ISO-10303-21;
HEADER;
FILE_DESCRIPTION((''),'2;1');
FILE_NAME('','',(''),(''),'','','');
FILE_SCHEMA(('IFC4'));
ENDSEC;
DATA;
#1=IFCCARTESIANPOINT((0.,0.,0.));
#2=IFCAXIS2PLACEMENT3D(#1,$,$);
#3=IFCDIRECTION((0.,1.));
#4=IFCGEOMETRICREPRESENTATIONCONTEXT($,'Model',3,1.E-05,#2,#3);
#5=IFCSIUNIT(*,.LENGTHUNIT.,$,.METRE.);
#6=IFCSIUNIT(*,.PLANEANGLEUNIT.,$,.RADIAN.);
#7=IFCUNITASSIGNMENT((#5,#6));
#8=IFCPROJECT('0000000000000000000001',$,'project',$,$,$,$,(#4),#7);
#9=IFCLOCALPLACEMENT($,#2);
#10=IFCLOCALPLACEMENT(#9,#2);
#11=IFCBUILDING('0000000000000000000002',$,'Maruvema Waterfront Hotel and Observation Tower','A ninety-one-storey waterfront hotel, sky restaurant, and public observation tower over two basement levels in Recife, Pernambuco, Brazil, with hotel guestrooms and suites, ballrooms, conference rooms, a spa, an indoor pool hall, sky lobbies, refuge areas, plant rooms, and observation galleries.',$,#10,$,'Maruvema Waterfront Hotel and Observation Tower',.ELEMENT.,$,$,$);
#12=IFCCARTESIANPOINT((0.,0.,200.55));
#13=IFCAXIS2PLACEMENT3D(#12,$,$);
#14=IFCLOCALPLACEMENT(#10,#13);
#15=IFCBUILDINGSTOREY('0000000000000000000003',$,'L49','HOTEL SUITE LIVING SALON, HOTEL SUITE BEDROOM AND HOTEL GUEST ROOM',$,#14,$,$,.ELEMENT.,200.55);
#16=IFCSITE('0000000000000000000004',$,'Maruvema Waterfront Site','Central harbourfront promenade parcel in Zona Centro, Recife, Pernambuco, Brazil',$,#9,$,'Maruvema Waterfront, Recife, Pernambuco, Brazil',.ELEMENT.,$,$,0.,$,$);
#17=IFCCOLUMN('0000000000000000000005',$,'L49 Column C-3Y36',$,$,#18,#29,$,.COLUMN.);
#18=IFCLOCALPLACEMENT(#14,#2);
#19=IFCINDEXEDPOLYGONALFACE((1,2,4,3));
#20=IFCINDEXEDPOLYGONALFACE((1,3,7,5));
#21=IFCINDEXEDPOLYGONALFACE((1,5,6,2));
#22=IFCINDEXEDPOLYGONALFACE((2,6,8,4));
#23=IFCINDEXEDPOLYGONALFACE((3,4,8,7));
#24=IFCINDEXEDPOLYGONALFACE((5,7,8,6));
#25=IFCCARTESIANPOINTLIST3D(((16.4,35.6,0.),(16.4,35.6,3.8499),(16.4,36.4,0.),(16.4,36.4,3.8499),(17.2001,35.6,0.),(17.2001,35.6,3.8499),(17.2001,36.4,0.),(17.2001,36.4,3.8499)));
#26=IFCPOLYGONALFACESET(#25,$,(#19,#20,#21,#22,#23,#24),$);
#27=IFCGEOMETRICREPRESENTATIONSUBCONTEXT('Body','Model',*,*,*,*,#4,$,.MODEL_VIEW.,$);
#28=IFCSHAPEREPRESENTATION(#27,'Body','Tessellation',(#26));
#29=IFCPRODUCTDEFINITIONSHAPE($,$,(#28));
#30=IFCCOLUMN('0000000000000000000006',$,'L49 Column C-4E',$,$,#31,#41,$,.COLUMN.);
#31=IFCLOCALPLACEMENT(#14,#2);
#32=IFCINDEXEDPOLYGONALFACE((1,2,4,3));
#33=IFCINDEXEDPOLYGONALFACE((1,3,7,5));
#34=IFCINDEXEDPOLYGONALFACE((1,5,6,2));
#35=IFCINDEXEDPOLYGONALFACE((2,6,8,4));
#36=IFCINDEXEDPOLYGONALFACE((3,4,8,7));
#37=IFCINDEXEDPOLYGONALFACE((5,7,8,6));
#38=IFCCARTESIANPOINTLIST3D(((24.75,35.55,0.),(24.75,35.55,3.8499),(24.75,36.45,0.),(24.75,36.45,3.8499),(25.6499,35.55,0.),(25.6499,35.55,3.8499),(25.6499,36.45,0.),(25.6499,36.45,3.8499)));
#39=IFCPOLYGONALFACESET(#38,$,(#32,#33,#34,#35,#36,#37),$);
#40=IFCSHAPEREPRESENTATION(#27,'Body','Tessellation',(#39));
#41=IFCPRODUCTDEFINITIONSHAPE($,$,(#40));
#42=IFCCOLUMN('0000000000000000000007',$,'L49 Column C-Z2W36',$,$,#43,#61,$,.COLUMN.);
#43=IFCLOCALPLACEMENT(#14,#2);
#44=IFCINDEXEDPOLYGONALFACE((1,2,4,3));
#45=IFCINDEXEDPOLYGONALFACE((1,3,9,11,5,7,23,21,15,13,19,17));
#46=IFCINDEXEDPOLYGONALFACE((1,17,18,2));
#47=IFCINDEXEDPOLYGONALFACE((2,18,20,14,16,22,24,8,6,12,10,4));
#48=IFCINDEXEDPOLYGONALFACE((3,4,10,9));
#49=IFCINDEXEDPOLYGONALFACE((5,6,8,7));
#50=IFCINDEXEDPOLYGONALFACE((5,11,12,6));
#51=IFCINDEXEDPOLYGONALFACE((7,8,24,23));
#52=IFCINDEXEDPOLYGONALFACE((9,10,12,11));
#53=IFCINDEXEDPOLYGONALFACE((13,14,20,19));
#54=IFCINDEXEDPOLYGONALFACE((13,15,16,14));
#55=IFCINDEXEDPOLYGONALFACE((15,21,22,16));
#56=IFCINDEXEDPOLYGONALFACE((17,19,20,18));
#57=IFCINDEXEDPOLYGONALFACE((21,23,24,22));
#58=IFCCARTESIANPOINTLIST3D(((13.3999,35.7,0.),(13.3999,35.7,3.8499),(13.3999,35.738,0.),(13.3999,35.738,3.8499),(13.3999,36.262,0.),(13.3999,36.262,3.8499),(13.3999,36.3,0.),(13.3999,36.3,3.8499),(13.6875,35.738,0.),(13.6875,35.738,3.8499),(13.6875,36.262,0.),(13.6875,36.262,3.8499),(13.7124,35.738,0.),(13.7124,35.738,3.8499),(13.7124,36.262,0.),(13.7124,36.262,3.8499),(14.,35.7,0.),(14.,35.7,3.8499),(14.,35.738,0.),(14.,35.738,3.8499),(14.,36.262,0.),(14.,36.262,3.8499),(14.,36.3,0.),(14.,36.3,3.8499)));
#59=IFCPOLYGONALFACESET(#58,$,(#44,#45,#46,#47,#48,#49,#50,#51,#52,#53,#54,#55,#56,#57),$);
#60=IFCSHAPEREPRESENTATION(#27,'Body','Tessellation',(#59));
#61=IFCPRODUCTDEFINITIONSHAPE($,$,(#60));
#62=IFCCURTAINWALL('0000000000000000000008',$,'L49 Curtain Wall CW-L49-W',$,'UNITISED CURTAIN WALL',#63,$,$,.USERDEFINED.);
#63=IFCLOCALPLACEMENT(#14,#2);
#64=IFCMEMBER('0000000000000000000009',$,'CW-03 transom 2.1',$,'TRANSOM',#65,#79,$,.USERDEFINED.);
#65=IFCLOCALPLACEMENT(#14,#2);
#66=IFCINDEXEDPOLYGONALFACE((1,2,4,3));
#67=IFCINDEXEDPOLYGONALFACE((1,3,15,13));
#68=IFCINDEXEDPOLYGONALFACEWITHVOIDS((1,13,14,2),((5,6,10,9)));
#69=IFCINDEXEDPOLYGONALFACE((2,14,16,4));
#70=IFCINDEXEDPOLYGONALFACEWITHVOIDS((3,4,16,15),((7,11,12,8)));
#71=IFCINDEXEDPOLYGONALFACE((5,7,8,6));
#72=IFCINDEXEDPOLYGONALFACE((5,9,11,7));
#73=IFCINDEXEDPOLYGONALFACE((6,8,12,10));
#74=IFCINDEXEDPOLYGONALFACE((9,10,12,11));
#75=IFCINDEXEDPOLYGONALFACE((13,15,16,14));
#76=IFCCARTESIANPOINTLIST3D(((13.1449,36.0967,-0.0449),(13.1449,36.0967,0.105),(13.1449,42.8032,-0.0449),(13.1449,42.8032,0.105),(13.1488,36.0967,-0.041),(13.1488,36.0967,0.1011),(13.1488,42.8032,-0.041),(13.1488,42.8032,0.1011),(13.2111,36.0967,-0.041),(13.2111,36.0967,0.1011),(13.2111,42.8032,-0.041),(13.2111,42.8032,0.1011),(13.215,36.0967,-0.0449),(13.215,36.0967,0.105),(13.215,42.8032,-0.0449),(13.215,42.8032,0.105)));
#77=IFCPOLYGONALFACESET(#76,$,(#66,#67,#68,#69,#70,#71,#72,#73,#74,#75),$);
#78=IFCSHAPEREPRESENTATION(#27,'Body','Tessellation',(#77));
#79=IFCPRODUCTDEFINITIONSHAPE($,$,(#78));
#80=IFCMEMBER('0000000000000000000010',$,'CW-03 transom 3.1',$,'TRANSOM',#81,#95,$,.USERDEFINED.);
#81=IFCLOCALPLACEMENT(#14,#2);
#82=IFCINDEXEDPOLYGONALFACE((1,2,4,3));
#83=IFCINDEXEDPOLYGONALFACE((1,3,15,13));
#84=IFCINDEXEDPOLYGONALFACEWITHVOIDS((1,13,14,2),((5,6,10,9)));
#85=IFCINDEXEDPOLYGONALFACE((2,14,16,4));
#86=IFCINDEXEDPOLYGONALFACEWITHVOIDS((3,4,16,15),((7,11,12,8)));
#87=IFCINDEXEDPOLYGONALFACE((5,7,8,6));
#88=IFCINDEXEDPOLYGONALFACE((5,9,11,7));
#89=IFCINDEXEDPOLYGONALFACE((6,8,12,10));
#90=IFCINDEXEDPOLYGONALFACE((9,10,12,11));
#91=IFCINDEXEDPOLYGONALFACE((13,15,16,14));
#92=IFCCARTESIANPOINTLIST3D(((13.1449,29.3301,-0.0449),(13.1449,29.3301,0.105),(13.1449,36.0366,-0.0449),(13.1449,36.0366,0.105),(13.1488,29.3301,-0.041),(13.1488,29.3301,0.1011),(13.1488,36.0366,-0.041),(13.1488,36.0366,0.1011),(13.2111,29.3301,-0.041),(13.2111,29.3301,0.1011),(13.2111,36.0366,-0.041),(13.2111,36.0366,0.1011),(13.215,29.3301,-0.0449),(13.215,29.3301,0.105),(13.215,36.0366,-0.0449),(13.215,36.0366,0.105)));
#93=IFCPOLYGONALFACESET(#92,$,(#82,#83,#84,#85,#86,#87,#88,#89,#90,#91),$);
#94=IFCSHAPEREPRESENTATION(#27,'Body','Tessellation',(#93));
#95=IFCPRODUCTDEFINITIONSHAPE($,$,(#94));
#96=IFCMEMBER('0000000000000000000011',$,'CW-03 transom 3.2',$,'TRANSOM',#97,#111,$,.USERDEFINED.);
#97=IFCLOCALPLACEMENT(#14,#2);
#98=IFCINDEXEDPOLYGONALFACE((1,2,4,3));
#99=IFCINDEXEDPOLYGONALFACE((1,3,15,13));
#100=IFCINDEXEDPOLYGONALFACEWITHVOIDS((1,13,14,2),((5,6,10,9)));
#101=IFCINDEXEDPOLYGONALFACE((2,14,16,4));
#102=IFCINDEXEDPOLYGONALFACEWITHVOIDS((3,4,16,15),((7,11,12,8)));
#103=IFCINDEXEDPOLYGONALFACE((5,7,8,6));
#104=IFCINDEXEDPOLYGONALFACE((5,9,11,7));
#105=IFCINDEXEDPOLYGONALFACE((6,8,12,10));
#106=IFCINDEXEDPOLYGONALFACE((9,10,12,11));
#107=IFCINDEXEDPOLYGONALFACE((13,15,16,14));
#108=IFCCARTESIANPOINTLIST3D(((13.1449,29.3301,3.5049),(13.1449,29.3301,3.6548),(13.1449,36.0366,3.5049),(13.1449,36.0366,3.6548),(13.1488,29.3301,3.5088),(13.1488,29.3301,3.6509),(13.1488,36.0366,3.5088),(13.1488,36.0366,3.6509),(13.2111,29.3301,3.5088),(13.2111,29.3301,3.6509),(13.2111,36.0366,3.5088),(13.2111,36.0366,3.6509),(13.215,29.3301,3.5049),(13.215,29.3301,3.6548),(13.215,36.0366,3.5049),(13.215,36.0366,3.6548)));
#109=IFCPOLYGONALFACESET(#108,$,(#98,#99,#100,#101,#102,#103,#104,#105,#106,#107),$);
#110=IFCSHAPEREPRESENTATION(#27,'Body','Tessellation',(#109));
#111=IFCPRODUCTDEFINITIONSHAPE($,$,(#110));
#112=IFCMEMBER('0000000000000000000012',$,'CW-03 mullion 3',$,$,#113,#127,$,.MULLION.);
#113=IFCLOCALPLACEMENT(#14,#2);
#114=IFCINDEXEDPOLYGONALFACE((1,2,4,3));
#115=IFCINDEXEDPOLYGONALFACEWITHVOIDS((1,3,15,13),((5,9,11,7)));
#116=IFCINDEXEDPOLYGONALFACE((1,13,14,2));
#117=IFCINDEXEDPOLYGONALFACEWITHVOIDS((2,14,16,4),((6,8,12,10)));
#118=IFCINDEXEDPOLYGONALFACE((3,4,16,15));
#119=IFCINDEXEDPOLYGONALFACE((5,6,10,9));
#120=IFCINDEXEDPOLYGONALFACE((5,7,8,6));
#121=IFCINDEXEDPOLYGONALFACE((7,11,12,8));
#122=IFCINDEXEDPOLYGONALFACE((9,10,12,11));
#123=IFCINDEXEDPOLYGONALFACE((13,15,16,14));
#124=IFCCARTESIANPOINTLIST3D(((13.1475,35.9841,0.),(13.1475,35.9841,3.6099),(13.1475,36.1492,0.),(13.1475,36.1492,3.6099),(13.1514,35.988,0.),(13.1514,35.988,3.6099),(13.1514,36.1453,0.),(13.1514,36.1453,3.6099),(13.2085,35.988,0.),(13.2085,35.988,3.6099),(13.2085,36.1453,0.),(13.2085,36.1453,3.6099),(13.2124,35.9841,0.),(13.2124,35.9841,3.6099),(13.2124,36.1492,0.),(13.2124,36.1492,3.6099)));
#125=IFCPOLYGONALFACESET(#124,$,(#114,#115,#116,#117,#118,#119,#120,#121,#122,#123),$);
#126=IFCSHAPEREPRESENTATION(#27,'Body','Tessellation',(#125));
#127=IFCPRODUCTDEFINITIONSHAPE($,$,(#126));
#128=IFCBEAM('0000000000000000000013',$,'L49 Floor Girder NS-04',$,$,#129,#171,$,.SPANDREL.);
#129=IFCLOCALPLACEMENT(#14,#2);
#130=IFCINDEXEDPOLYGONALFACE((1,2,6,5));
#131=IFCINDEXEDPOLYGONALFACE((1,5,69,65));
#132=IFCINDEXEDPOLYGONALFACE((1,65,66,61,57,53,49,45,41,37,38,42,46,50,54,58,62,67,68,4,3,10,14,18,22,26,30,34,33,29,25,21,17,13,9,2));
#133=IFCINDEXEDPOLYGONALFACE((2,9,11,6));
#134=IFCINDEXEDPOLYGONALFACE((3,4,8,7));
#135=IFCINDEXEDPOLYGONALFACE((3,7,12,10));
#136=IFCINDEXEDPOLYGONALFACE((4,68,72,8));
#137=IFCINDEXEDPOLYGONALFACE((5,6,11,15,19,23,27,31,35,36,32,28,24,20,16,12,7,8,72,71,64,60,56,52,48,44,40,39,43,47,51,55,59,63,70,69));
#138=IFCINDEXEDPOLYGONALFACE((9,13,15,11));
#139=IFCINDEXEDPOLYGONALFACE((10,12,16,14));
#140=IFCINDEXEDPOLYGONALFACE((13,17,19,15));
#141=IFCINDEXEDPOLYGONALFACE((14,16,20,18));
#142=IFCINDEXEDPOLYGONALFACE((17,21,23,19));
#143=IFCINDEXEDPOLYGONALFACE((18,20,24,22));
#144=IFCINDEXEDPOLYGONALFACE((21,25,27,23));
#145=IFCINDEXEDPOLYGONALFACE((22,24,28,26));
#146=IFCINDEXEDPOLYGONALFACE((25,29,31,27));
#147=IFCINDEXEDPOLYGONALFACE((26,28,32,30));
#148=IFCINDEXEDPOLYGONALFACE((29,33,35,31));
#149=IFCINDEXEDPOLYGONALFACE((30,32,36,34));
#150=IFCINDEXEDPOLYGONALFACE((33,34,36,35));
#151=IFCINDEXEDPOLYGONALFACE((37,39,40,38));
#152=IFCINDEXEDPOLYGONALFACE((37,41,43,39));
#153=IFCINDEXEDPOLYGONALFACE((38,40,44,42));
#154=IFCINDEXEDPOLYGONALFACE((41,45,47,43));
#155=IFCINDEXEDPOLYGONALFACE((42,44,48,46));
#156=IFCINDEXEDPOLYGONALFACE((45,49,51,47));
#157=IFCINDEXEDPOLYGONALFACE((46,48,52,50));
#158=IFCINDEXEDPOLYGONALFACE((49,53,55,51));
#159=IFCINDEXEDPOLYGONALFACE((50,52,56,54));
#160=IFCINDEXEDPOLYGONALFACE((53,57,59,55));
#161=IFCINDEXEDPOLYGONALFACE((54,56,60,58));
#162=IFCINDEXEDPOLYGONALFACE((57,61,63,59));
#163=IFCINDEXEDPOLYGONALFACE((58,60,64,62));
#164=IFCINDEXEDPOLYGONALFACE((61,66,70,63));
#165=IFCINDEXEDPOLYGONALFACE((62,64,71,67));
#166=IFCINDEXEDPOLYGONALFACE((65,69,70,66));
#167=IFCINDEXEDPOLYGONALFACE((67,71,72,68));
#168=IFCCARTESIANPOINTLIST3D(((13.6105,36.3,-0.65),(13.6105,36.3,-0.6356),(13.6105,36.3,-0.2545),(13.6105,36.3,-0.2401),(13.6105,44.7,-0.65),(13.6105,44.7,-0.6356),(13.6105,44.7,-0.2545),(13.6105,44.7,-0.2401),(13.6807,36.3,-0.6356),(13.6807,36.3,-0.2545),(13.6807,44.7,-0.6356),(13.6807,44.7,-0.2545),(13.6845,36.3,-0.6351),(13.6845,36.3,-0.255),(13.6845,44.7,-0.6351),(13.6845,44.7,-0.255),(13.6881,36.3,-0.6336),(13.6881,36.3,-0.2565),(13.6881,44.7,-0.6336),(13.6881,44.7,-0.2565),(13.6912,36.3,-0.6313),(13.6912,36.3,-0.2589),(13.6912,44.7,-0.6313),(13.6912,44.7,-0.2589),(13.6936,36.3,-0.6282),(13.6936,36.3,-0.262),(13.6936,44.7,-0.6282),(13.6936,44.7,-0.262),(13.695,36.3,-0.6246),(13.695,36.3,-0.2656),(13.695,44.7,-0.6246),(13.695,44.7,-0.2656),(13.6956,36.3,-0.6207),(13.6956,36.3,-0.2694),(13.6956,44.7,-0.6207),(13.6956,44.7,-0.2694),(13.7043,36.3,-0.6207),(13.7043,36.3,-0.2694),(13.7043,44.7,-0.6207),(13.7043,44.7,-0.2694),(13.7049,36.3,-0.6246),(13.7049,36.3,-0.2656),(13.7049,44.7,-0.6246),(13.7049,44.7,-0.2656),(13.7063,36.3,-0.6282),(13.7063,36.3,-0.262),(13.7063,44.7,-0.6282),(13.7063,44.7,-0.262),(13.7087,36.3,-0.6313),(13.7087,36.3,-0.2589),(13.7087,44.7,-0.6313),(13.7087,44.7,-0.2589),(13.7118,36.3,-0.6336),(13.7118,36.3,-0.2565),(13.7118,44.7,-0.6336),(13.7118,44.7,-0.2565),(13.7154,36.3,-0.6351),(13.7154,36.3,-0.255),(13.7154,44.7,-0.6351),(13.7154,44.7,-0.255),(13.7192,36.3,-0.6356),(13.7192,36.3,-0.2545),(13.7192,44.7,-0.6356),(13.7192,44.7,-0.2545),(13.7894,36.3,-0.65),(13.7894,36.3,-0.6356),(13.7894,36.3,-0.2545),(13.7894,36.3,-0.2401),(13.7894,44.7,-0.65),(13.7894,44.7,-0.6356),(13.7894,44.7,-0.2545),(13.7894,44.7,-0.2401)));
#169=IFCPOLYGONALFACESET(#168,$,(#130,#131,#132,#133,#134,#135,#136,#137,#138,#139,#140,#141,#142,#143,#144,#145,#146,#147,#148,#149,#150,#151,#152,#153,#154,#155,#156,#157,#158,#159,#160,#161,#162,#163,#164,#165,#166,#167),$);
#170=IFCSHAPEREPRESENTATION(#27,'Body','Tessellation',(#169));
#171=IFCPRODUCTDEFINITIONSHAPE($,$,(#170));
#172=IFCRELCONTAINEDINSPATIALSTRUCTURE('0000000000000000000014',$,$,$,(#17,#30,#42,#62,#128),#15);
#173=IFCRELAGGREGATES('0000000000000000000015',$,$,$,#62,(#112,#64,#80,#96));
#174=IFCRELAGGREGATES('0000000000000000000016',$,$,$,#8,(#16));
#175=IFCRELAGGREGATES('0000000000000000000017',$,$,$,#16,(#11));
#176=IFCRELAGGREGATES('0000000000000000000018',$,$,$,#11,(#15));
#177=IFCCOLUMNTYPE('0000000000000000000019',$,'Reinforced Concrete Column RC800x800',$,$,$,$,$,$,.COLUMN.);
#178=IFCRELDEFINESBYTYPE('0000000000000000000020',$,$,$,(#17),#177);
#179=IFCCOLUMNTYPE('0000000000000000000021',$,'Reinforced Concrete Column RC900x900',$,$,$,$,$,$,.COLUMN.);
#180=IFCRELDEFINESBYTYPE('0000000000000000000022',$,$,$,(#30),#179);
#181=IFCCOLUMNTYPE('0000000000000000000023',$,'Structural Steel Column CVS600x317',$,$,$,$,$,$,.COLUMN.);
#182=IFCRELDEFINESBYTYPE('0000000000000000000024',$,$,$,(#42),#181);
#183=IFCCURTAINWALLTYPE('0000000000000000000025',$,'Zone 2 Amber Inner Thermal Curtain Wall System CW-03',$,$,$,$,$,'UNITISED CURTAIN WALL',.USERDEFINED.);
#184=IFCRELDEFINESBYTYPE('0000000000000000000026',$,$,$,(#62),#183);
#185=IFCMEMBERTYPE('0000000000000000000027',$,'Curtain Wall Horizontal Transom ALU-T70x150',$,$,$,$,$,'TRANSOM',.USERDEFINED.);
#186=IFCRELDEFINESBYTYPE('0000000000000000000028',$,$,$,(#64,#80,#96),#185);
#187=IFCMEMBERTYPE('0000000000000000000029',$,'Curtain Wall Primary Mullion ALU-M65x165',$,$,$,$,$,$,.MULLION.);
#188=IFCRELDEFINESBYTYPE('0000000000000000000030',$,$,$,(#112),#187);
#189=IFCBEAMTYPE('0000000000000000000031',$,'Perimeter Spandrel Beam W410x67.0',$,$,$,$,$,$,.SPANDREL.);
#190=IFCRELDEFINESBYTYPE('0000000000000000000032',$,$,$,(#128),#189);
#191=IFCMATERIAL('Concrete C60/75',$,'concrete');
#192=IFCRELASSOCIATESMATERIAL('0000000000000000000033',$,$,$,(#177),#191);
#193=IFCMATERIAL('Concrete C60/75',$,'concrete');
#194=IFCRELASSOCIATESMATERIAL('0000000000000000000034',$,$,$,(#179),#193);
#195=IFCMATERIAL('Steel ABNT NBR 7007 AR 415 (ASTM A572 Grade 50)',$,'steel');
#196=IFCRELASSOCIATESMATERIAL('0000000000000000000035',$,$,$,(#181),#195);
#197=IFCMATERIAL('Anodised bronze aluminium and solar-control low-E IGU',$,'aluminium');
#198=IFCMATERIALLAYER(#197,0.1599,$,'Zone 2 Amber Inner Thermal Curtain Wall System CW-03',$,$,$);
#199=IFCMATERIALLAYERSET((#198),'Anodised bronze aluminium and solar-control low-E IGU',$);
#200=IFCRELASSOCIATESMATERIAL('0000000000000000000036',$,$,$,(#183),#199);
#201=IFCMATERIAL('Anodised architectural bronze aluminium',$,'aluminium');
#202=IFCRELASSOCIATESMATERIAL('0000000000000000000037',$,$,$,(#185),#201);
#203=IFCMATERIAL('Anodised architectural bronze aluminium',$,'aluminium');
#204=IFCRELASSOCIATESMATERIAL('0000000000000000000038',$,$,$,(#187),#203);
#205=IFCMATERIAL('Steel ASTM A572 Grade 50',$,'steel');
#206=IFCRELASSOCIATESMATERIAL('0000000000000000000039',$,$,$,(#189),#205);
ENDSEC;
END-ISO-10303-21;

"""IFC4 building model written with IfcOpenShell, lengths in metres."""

from ifc_helpers import new_model, si_unit, direction, frame, origin, origin_2d, place, context, subcontext, project, spatial, rectangle, hollow_rectangle, i_section, extrude, material, layer, layer_set, material_profile, profile_set, type_object, element, aggregate, save


model = new_model("IFC4")

# Units and contexts
model_context = context("Model", 3, precision=1e-05, world=origin(), true_north=direction((0.0, 1.0)))
body_context = subcontext(model_context, "Body", "Model", "MODEL_VIEW")
ifc_project = project(units=[si_unit("LENGTHUNIT", "METRE"), si_unit("PLANEANGLEUNIT", "RADIAN")], contexts=[model_context])

# Site, building, storey
site_placement = place(None, origin())
site = spatial("IfcSite", under=ifc_project, at=site_placement, Name="Maruvema Waterfront Site", Description="Central harbourfront promenade parcel in Zona Centro, Recife, Pernambuco, Brazil", LongName="Maruvema Waterfront, Recife, Pernambuco, Brazil", CompositionType="ELEMENT", RefElevation=0.0)
building_placement = place(site_placement, origin())
building = spatial("IfcBuilding", under=site, at=building_placement, Name="Maruvema Waterfront Hotel and Observation Tower", Description="A ninety-one-storey waterfront hotel, sky restaurant, and public observation tower over two basement levels in Recife, Pernambuco, Brazil, with hotel guestrooms and suites, ballrooms, conference rooms, a spa, an indoor pool hall, sky lobbies, refuge areas, plant rooms, and observation galleries.", LongName="Maruvema Waterfront Hotel and Observation Tower", CompositionType="ELEMENT")
storey_placement = place(building_placement, frame((0.0, 0.0, 200.55)))
storey = spatial("IfcBuildingStorey", under=building, at=storey_placement, Name="L49", Description="HOTEL SUITE LIVING SALON, HOTEL SUITE BEDROOM AND HOTEL GUEST ROOM", CompositionType="ELEMENT", Elevation=200.55)

# Columns
ifc_material_1 = material(Name="Concrete C60/75", Category="concrete")
ifc_material_profile_1 = material_profile(ifc_material_1, rectangle(XDim=0.8, YDim=0.8, at=origin_2d()), Name="RC800x800")
ifc_profile_set_1 = profile_set([ifc_material_profile_1], Name="Concrete C60/75")
column_type_1 = type_object("IfcColumnType", Name="Reinforced Concrete Column RC800x800", PredefinedType="COLUMN", material=ifc_profile_set_1)
column_1_placement = place(storey_placement, frame((16.8, 36.0, 0.0), z_axis=(0.0, 0.0, 1.0), x_axis=(1.0, 0.0, 0.0)))
element("IfcColumn", 1, at=column_1_placement, inside=storey, type_object=column_type_1, Name="L49 Column C-3Y36", PredefinedType="COLUMN", context=body_context, shape_type="SweptSolid", body=[
    extrude(rectangle(XDim=0.8, YDim=0.8, at=origin_2d()), origin(), (0.0, 0.0, 1.0), 3.8499),
])
ifc_material_2 = material(Name="Concrete C60/75", Category="concrete")
ifc_material_profile_2 = material_profile(ifc_material_2, rectangle(XDim=0.8999, YDim=0.8999, at=origin_2d()), Name="RC900x900")
ifc_profile_set_2 = profile_set([ifc_material_profile_2], Name="Concrete C60/75")
column_type_2 = type_object("IfcColumnType", Name="Reinforced Concrete Column RC900x900", PredefinedType="COLUMN", material=ifc_profile_set_2)
column_2_placement = place(storey_placement, frame((25.2, 36.0, 0.0), z_axis=(0.0, 0.0, 1.0), x_axis=(1.0, 0.0, 0.0)))
element("IfcColumn", 2, at=column_2_placement, inside=storey, type_object=column_type_2, Name="L49 Column C-4E", PredefinedType="COLUMN", context=body_context, shape_type="SweptSolid", body=[
    extrude(rectangle(XDim=0.8999, YDim=0.8999, at=origin_2d()), origin(), (0.0, 0.0, 1.0), 3.8499),
])
ifc_material_3 = material(Name="Steel ABNT NBR 7007 AR 415 (ASTM A572 Grade 50)", Category="steel")
ifc_material_profile_3 = material_profile(ifc_material_3, i_section(OverallWidth=0.6001, OverallDepth=0.6001, WebThickness=0.0249, FlangeThickness=0.0381, at=origin_2d()), Name="CVS600x317")
ifc_profile_set_3 = profile_set([ifc_material_profile_3], Name="Steel ABNT NBR 7007 AR 415 (ASTM A572 Grade 50)")
column_type_3 = type_object("IfcColumnType", Name="Structural Steel Column CVS600x317", PredefinedType="COLUMN", material=ifc_profile_set_3)
column_3_placement = place(storey_placement, frame((13.7, 36.0, 0.0), z_axis=(0.0, 0.0, 1.0), x_axis=(1.0, 0.0, 0.0)))
element("IfcColumn", 3, at=column_3_placement, inside=storey, type_object=column_type_3, Name="L49 Column C-Z2W36", PredefinedType="COLUMN", context=body_context, shape_type="SweptSolid", body=[
    extrude(i_section(OverallWidth=0.6001, OverallDepth=0.6001, WebThickness=0.0249, FlangeThickness=0.0381, at=origin_2d()), origin(), (0.0, 0.0, 1.0), 3.8499),
])

# Curtain wall, members
ifc_material_4 = material(Name="Anodised bronze aluminium and solar-control low-E IGU", Category="aluminium")
ifc_layer_1 = layer(ifc_material_4, 0.1599, Name="Zone 2 Amber Inner Thermal Curtain Wall System CW-03")
ifc_layer_set_1 = layer_set([ifc_layer_1], Name="Anodised bronze aluminium and solar-control low-E IGU")
curtain_wall_type = type_object("IfcCurtainWallType", Name="Zone 2 Amber Inner Thermal Curtain Wall System CW-03", ElementType="UNITISED CURTAIN WALL", PredefinedType="USERDEFINED", material=ifc_layer_set_1)
curtain_wall_placement = place(storey_placement, origin())
curtain_wall = element("IfcCurtainWall", 4, at=curtain_wall_placement, inside=storey, type_object=curtain_wall_type, Name="L49 Curtain Wall CW-L49-W", ObjectType="UNITISED CURTAIN WALL", PredefinedType="USERDEFINED")
ifc_material_5 = material(Name="Anodised architectural bronze aluminium", Category="aluminium")
ifc_material_profile_4 = material_profile(ifc_material_5, hollow_rectangle(XDim=0.0701, YDim=0.1499, WallThickness=0.0039, at=origin_2d()), Name="ALU-T70x150")
ifc_profile_set_4 = profile_set([ifc_material_profile_4], Name="Anodised architectural bronze aluminium")
member_type_1 = type_object("IfcMemberType", Name="Curtain Wall Horizontal Transom ALU-T70x150", ElementType="TRANSOM", PredefinedType="USERDEFINED", material=ifc_profile_set_4)
member_1_placement = place(storey_placement, frame((13.1799, 42.8032, 0.03), z_axis=(0.0, -1.0, 0.0), x_axis=(1.0, 0.0, 0.0)))
member_1 = element("IfcMember", 5, at=member_1_placement, type_object=member_type_1, Name="CW-03 transom 2.1", ObjectType="TRANSOM", PredefinedType="USERDEFINED", context=body_context, shape_type="SweptSolid", body=[
    extrude(hollow_rectangle(XDim=0.0701, YDim=0.1499, WallThickness=0.0039, at=origin_2d()), origin(), (0.0, 0.0, 1.0), 6.7065),
])
member_2_placement = place(storey_placement, frame((13.1799, 36.0366, 0.03), z_axis=(0.0, -1.0, 0.0), x_axis=(1.0, 0.0, 0.0)))
member_2 = element("IfcMember", 6, at=member_2_placement, type_object=member_type_1, Name="CW-03 transom 3.1", ObjectType="TRANSOM", PredefinedType="USERDEFINED", context=body_context, shape_type="SweptSolid", body=[
    extrude(hollow_rectangle(XDim=0.0701, YDim=0.1499, WallThickness=0.0039, at=origin_2d()), origin(), (0.0, 0.0, 1.0), 6.7065),
])
member_3_placement = place(storey_placement, frame((13.1799, 36.0366, 3.5798), z_axis=(0.0, -1.0, 0.0), x_axis=(1.0, 0.0, 0.0)))
member_3 = element("IfcMember", 7, at=member_3_placement, type_object=member_type_1, Name="CW-03 transom 3.2", ObjectType="TRANSOM", PredefinedType="USERDEFINED", context=body_context, shape_type="SweptSolid", body=[
    extrude(hollow_rectangle(XDim=0.0701, YDim=0.1499, WallThickness=0.0039, at=origin_2d()), origin(), (0.0, 0.0, 1.0), 6.7065),
])
ifc_material_6 = material(Name="Anodised architectural bronze aluminium", Category="aluminium")
ifc_material_profile_5 = material_profile(ifc_material_6, hollow_rectangle(XDim=0.0649, YDim=0.165, WallThickness=0.0039, at=origin_2d()), Name="ALU-M65x165")
ifc_profile_set_5 = profile_set([ifc_material_profile_5], Name="Anodised architectural bronze aluminium")
member_type_2 = type_object("IfcMemberType", Name="Curtain Wall Primary Mullion ALU-M65x165", PredefinedType="MULLION", material=ifc_profile_set_5)
member_4_placement = place(storey_placement, frame((13.1799, 36.0667, 0.0), z_axis=(0.0, 0.0, 1.0), x_axis=(1.0, 0.0, 0.0)))
member_4 = element("IfcMember", 8, at=member_4_placement, type_object=member_type_2, Name="CW-03 mullion 3", PredefinedType="MULLION", context=body_context, shape_type="SweptSolid", body=[
    extrude(hollow_rectangle(XDim=0.0649, YDim=0.165, WallThickness=0.0039, at=origin_2d()), origin(), (0.0, 0.0, 1.0), 3.6099),
])

# Beam
ifc_material_7 = material(Name="Steel ASTM A572 Grade 50", Category="steel")
ifc_material_profile_6 = material_profile(ifc_material_7, i_section(OverallWidth=0.179, OverallDepth=0.4099, WebThickness=0.0088, FlangeThickness=0.0144, FilletRadius=0.0149, at=origin_2d()), Name="W410x67.0")
ifc_profile_set_6 = profile_set([ifc_material_profile_6], Name="Steel ASTM A572 Grade 50")
beam_type_1 = type_object("IfcBeamType", Name="Perimeter Spandrel Beam W410x67.0", PredefinedType="SPANDREL", material=ifc_profile_set_6)
beam_1_placement = place(storey_placement, frame((13.7, 36.3, -0.4451), z_axis=(0.0, 1.0, 0.0), x_axis=(-1.0, 0.0, 0.0)))
element("IfcBeam", 9, at=beam_1_placement, inside=storey, type_object=beam_type_1, Name="L49 Floor Girder NS-04", PredefinedType="SPANDREL", context=body_context, shape_type="SweptSolid", body=[
    extrude(i_section(OverallWidth=0.179, OverallDepth=0.4099, WebThickness=0.0088, FlangeThickness=0.0144, FilletRadius=0.0149, at=origin_2d()), origin(), (0.0, 0.0, 1.0), 8.3999),
])

aggregate(curtain_wall, [member_4, member_1, member_2, member_3])

save(model, "model.ifc")
